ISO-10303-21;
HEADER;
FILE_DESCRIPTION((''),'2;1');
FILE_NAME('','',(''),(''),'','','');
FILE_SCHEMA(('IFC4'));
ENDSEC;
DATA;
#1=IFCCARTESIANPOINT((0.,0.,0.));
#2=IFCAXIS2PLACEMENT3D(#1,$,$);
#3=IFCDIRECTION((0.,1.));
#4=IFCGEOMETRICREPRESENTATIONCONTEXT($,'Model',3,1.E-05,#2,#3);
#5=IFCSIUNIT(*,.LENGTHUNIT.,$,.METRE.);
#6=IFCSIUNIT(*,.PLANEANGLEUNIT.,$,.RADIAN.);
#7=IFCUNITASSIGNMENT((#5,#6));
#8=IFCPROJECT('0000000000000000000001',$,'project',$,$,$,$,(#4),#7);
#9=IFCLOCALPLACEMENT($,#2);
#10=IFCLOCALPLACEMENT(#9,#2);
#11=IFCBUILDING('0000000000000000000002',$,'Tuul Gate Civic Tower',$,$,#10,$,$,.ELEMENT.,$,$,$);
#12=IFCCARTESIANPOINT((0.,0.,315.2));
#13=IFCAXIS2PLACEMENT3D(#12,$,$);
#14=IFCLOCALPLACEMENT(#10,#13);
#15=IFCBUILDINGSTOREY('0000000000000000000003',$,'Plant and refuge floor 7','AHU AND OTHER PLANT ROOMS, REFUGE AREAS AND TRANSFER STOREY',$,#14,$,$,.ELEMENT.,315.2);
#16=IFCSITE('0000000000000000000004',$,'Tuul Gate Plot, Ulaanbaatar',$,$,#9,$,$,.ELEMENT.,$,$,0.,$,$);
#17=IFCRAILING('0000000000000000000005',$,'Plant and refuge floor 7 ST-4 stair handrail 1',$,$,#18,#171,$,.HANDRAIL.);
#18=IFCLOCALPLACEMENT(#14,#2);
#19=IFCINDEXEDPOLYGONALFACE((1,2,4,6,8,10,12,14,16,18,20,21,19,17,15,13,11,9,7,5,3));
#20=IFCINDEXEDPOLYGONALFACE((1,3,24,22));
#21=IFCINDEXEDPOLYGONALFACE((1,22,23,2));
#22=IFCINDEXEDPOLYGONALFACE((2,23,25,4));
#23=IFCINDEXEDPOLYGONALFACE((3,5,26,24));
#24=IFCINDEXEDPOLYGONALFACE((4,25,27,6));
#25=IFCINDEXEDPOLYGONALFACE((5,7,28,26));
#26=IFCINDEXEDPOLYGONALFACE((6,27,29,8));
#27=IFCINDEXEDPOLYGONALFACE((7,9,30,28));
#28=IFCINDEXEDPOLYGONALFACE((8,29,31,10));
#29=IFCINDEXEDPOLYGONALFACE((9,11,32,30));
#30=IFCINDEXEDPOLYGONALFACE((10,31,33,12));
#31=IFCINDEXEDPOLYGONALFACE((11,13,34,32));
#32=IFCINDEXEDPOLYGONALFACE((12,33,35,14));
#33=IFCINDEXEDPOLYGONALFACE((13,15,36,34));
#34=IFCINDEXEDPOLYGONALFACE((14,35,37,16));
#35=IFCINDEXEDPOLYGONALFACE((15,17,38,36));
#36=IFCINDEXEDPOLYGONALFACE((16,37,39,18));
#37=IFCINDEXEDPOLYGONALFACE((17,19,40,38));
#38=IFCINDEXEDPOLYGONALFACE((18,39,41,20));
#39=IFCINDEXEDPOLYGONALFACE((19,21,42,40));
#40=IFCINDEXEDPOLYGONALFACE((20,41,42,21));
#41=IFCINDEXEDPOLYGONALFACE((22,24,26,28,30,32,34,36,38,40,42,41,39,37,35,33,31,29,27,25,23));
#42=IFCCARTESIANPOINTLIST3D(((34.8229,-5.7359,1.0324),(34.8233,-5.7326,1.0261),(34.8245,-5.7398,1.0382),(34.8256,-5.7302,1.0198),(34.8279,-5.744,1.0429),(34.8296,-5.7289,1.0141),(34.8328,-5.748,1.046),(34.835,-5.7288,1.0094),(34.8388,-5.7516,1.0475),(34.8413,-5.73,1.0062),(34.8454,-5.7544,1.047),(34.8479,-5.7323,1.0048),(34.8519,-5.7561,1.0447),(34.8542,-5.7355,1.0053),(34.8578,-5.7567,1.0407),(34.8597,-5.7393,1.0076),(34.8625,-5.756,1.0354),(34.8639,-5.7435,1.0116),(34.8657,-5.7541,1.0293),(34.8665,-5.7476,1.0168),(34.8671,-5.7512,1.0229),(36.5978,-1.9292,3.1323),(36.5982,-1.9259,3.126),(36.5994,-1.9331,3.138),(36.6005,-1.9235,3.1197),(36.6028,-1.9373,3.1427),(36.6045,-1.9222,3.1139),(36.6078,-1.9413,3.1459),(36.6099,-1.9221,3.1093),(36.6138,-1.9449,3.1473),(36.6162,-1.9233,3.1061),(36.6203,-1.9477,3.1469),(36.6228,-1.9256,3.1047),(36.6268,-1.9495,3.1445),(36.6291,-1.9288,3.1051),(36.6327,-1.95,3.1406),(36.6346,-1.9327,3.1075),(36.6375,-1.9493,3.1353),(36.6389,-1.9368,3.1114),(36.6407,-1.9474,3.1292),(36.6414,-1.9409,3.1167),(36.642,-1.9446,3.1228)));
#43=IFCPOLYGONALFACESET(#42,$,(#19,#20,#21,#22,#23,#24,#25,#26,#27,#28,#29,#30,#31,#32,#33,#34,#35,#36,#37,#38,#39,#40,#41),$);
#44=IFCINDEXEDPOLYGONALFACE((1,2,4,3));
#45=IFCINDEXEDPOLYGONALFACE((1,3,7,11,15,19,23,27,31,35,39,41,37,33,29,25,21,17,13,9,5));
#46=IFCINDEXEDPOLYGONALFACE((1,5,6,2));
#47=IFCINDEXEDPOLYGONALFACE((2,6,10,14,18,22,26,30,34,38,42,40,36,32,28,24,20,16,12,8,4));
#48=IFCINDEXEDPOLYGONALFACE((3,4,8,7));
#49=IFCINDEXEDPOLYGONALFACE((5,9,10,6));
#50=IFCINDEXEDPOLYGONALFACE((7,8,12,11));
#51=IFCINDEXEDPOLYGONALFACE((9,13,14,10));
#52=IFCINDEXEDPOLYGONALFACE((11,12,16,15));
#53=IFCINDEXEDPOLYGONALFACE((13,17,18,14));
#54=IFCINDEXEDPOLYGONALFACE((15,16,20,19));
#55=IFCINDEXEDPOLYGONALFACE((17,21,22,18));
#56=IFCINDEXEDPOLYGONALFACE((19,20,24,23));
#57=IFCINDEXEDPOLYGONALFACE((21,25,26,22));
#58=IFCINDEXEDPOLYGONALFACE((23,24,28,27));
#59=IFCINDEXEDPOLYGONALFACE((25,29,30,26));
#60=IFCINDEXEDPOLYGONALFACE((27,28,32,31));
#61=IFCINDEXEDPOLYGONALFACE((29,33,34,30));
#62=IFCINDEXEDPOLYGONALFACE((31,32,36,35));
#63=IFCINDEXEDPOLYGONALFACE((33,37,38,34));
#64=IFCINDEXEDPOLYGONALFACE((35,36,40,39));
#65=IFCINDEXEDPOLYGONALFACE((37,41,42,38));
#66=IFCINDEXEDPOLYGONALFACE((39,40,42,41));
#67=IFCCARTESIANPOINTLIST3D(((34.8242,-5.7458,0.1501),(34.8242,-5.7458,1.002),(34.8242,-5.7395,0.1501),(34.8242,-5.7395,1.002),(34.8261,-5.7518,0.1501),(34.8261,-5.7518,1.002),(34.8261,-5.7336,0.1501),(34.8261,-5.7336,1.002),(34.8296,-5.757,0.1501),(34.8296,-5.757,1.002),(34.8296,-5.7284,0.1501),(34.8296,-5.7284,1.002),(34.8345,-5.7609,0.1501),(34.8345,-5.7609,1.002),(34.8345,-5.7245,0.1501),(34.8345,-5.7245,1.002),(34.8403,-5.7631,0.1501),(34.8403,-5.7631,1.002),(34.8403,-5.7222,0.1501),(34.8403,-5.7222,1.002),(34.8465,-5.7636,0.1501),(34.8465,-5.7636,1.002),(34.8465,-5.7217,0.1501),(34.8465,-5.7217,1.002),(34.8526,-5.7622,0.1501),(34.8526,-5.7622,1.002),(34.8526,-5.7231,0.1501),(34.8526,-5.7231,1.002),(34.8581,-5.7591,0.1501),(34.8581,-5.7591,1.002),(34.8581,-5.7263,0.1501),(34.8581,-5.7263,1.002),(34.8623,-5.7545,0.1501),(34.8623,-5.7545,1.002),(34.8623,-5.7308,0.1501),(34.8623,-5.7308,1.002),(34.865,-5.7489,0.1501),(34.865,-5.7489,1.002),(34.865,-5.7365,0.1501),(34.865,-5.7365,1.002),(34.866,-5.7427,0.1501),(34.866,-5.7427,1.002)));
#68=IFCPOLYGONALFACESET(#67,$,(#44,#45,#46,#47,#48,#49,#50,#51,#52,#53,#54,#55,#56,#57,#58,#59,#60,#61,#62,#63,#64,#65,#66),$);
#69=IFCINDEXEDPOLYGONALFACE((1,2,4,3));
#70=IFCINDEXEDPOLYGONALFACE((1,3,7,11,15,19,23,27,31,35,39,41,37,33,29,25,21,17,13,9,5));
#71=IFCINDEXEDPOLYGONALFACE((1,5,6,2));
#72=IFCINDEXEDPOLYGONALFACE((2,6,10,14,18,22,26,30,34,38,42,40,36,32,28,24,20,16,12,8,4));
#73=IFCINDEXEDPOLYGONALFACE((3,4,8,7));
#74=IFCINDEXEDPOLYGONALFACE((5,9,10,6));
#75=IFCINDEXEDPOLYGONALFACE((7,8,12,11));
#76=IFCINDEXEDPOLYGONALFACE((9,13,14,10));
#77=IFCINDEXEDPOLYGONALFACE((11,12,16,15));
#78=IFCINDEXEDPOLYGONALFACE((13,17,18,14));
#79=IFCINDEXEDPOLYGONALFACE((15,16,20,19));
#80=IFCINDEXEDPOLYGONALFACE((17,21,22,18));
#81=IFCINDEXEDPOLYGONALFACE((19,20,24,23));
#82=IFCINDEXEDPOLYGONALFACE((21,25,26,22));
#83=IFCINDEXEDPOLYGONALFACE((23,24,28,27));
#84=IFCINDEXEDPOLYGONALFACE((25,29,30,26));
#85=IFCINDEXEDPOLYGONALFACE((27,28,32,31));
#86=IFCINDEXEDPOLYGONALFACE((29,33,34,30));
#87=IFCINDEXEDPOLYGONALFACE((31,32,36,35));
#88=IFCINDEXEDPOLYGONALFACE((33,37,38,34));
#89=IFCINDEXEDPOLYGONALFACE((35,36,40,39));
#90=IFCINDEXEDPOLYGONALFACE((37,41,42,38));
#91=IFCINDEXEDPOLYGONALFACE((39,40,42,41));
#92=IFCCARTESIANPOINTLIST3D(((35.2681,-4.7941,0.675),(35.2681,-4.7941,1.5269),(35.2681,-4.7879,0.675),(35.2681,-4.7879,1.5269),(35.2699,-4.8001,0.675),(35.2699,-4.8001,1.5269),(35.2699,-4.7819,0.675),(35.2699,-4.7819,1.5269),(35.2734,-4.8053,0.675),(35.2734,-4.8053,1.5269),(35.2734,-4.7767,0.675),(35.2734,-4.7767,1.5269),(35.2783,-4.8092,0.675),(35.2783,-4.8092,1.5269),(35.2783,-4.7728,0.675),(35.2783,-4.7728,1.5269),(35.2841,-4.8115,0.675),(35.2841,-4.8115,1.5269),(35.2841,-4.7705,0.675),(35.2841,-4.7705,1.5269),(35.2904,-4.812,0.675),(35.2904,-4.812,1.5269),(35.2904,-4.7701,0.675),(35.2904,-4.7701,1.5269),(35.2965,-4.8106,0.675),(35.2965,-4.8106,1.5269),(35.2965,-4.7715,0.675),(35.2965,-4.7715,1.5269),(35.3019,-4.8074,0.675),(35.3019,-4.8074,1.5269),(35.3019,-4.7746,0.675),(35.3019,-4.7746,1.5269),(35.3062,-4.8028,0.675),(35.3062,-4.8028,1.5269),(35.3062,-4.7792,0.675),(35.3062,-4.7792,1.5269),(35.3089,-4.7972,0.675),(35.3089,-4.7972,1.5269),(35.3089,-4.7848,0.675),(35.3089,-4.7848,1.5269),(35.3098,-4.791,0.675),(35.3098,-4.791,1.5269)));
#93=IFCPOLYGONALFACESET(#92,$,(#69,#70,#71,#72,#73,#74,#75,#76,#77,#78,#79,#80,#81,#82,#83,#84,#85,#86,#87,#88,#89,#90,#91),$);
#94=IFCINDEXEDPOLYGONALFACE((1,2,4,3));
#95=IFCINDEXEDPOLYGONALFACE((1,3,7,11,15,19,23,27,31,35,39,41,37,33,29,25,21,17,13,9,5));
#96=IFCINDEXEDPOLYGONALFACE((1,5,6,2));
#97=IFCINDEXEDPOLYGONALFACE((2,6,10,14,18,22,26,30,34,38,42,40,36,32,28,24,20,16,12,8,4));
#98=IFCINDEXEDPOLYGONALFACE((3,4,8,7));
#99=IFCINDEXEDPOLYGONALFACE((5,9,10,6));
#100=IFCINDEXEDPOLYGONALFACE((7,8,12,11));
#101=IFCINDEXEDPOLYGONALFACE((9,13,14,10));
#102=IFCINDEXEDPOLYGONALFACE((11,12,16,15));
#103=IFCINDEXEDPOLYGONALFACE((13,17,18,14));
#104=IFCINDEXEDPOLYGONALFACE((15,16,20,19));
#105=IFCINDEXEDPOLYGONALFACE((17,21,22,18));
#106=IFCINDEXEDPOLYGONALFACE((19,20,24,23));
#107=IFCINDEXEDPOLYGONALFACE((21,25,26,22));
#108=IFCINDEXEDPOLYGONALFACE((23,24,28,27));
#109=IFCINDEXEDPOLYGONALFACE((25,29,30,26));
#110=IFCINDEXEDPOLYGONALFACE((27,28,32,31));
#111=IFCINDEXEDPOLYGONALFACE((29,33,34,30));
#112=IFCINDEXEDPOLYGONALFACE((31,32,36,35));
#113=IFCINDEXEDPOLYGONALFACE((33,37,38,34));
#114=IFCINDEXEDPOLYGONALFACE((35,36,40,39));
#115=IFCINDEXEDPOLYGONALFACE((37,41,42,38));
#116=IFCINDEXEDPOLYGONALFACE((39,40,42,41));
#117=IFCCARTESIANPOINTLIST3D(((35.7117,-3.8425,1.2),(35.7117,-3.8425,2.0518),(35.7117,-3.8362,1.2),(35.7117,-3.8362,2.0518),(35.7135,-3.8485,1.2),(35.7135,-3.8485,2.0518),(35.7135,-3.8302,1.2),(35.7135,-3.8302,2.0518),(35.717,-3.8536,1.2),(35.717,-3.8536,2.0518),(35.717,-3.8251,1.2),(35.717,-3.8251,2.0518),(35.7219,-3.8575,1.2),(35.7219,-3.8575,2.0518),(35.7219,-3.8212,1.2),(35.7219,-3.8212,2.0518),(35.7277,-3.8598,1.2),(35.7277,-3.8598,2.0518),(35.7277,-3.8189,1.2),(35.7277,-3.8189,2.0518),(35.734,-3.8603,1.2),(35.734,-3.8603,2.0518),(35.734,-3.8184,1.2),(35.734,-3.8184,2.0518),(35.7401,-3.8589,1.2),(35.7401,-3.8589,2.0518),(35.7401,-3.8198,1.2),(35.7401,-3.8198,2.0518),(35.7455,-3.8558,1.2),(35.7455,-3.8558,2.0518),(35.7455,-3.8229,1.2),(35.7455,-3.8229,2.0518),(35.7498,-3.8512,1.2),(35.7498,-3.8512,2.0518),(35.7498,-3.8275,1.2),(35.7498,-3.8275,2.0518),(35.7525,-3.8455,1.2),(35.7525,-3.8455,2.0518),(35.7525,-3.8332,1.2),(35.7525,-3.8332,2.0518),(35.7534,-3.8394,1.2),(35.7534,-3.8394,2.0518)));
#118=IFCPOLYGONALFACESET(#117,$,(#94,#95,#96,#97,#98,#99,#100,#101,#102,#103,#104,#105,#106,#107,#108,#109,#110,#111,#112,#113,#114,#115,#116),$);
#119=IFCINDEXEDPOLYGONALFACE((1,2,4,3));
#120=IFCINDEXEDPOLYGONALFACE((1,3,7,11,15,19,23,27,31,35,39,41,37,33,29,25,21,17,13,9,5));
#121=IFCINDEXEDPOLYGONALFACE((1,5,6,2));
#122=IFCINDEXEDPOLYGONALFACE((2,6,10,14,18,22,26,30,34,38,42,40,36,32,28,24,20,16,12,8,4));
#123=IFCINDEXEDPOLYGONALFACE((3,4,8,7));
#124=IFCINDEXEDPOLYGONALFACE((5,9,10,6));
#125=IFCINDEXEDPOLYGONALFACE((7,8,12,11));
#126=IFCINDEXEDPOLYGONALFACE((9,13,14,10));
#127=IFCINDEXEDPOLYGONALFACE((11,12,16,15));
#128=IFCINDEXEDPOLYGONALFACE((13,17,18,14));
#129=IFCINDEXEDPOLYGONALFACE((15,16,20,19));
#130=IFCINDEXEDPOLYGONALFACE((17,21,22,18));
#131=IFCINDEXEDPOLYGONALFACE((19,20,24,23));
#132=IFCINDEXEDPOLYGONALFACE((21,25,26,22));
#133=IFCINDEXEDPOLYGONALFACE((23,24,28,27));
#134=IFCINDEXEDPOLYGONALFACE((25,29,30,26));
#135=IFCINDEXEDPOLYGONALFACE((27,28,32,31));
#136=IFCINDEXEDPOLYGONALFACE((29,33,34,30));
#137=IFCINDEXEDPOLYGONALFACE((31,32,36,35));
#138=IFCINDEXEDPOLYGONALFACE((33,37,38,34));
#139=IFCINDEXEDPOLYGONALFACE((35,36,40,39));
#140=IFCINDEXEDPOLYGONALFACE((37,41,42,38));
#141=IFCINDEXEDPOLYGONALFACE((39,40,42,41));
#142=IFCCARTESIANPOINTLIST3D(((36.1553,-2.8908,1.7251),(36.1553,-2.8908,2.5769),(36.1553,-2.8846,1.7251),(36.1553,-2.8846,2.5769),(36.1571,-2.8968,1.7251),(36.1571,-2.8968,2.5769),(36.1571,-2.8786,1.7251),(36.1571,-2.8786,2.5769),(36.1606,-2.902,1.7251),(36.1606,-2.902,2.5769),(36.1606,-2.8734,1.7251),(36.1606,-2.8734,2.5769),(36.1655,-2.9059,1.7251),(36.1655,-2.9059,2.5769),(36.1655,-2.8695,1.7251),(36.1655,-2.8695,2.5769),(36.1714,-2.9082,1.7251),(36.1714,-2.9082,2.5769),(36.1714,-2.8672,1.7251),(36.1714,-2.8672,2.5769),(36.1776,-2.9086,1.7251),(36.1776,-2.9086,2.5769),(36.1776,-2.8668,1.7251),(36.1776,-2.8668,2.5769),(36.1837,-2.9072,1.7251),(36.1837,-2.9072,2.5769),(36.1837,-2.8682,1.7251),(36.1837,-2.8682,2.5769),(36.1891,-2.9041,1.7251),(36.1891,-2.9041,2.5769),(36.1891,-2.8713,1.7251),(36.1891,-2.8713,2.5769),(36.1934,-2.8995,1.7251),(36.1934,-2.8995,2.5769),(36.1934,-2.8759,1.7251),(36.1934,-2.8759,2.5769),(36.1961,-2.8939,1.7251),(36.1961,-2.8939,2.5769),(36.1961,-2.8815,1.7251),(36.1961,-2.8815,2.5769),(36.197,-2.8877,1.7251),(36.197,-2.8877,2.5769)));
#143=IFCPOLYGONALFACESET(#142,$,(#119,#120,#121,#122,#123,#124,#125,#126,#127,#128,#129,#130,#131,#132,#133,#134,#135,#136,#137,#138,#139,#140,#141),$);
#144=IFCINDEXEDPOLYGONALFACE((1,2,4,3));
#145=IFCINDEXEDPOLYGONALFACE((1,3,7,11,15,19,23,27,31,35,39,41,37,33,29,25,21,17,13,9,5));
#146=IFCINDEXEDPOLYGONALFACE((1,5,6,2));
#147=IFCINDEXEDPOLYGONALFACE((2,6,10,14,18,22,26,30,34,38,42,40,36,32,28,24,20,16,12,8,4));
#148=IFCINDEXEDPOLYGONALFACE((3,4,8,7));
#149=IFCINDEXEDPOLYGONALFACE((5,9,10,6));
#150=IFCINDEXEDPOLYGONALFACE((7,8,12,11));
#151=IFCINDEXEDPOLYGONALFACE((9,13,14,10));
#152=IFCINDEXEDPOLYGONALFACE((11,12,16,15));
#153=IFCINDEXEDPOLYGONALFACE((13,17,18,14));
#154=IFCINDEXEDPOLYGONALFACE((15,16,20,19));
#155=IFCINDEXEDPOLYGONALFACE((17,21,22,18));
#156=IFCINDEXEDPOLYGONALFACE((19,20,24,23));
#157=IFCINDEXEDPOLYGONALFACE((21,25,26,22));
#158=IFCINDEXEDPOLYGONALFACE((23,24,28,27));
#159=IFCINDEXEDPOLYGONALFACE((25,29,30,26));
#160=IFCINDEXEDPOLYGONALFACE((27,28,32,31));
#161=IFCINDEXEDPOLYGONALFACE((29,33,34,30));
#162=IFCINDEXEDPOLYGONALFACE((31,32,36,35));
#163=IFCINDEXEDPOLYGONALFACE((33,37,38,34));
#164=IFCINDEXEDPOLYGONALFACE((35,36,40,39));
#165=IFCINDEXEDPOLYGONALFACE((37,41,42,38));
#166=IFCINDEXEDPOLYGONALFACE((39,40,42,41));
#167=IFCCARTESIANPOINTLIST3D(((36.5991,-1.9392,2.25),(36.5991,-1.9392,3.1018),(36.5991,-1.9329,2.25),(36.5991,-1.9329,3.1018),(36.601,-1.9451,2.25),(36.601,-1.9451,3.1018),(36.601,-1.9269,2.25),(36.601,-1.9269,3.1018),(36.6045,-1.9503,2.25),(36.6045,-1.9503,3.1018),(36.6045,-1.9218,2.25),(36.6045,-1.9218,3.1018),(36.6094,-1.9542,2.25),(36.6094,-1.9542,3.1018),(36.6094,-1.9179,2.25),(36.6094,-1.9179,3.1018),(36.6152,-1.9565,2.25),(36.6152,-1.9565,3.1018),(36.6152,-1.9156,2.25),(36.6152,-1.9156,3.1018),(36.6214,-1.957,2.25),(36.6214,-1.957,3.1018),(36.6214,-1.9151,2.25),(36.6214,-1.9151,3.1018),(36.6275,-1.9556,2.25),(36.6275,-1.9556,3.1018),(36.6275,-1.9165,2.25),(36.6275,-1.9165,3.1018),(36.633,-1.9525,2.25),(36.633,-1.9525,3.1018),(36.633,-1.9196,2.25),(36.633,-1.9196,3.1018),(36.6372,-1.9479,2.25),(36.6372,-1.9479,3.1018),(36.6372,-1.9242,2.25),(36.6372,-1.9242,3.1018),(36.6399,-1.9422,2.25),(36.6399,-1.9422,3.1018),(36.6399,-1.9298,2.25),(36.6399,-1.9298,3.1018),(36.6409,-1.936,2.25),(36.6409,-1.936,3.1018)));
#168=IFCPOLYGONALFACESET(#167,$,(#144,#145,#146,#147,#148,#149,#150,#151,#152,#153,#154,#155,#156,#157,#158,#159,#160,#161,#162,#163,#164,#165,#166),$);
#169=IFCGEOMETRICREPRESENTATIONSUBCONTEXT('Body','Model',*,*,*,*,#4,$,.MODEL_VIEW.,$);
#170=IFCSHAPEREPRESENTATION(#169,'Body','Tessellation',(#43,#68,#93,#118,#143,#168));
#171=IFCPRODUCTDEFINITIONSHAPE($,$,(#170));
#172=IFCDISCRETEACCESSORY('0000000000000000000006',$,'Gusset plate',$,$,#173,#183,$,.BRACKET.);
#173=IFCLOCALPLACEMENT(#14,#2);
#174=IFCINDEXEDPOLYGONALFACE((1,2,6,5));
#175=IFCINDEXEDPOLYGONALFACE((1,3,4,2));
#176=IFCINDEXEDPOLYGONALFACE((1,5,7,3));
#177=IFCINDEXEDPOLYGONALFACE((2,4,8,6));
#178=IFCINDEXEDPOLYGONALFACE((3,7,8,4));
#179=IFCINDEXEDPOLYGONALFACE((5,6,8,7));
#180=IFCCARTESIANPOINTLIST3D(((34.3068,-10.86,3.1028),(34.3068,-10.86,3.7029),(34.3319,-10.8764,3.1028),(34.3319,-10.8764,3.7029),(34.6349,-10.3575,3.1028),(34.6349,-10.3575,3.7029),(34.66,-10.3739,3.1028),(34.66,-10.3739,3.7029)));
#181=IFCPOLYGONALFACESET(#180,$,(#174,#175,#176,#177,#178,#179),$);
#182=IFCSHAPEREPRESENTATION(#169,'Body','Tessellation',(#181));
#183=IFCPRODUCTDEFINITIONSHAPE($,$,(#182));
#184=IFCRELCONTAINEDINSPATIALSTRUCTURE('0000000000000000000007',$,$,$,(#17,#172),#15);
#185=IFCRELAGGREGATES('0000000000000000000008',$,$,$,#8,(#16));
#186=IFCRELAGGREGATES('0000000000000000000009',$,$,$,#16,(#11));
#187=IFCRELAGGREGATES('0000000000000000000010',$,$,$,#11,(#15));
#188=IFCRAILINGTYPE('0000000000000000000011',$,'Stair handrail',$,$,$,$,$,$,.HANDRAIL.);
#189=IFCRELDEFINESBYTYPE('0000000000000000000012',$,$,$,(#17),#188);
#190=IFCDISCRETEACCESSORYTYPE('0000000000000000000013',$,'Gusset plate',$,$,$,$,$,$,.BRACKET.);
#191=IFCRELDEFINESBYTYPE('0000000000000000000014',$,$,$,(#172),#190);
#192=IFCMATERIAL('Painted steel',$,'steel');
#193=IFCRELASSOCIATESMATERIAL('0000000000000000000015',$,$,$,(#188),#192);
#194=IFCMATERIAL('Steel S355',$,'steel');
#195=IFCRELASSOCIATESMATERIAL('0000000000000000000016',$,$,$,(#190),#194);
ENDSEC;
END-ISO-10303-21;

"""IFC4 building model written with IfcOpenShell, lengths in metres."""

from ifc_helpers import new_model, si_unit, direction, frame, origin, origin_2d, place, context, subcontext, project, spatial, rectangle, circle, extrude, material, type_object, element, save


model = new_model("IFC4")

# Units and contexts
model_context = context("Model", 3, precision=1e-05, world=origin(), true_north=direction((0.0, 1.0)))
body_context = subcontext(model_context, "Body", "Model", "MODEL_VIEW")
ifc_project = project(units=[si_unit("LENGTHUNIT", "METRE"), si_unit("PLANEANGLEUNIT", "RADIAN")], contexts=[model_context])

# Site, building, storey
site_placement = place(None, origin())
site = spatial("IfcSite", under=ifc_project, at=site_placement, Name="Tuul Gate Plot, Ulaanbaatar", CompositionType="ELEMENT", RefElevation=0.0)
building_placement = place(site_placement, origin())
building = spatial("IfcBuilding", under=site, at=building_placement, Name="Tuul Gate Civic Tower", CompositionType="ELEMENT")
storey_placement = place(building_placement, frame((0.0, 0.0, 315.2)))
storey = spatial("IfcBuildingStorey", under=building, at=storey_placement, Name="Plant and refuge floor 7", Description="AHU AND OTHER PLANT ROOMS, REFUGE AREAS AND TRANSFER STOREY", CompositionType="ELEMENT", Elevation=315.2)

# Railing
ifc_material_1 = material(Name="Painted steel", Category="steel")
railing_type_1 = type_object("IfcRailingType", Name="Stair handrail", PredefinedType="HANDRAIL", material=ifc_material_1)
railing_1_placement = place(storey_placement, frame((34.845, -5.7427, 0.1501)))
element("IfcRailing", 1, at=railing_1_placement, inside=storey, type_object=railing_type_1, Name="Plant and refuge floor 7 ST-4 stair handrail 1", PredefinedType="HANDRAIL", context=body_context, shape_type="SweptSolid", body=[
    extrude(circle(Radius=0.0239, at=origin_2d()), frame((0.0, 0.0, 0.876), z_axis=(0.37798, 0.810655, 0.447181), x_axis=(-0.906323, 0.422586, 0.0)), (0.0, 0.0, 1.0), 4.6958),
    extrude(circle(Radius=0.021, at=origin_2d()), origin(), (0.0, 0.0, 1.0), 0.8518),
    extrude(circle(Radius=0.021, at=origin_2d()), frame((0.4438, 0.9517, 0.5249)), (0.0, 0.0, 1.0), 0.8518),
    extrude(circle(Radius=0.021, at=origin_2d()), frame((0.8875, 1.9033, 1.0498)), (0.0, 0.0, 1.0), 0.8518),
    extrude(circle(Radius=0.021, at=origin_2d()), frame((1.3311, 2.855, 1.575)), (0.0, 0.0, 1.0), 0.8518),
    extrude(circle(Radius=0.021, at=origin_2d()), frame((1.7749, 3.8066, 2.0999)), (0.0, 0.0, 1.0), 0.8518),
])

# Discrete accessory
ifc_material_2 = material(Name="Steel S355", Category="steel")
discrete_accessory_type = type_object("IfcDiscreteAccessoryType", Name="Gusset plate", PredefinedType="BRACKET", material=ifc_material_2)
discrete_accessory_placement = place(storey_placement, frame((34.4834, -10.6169, 3.1028), z_axis=(0.0, 0.0, 1.0), x_axis=(0.546711, 0.837322, 0.0)))
element("IfcDiscreteAccessory", 2, at=discrete_accessory_placement, inside=storey, type_object=discrete_accessory_type, Name="Gusset plate", PredefinedType="BRACKET", context=body_context, shape_type="SweptSolid", body=[
    extrude(rectangle(XDim=0.6001, YDim=0.03, at=origin_2d()), origin(), (0.0, 0.0, 1.0), 0.6001),
])

save(model, "model.ifc")
